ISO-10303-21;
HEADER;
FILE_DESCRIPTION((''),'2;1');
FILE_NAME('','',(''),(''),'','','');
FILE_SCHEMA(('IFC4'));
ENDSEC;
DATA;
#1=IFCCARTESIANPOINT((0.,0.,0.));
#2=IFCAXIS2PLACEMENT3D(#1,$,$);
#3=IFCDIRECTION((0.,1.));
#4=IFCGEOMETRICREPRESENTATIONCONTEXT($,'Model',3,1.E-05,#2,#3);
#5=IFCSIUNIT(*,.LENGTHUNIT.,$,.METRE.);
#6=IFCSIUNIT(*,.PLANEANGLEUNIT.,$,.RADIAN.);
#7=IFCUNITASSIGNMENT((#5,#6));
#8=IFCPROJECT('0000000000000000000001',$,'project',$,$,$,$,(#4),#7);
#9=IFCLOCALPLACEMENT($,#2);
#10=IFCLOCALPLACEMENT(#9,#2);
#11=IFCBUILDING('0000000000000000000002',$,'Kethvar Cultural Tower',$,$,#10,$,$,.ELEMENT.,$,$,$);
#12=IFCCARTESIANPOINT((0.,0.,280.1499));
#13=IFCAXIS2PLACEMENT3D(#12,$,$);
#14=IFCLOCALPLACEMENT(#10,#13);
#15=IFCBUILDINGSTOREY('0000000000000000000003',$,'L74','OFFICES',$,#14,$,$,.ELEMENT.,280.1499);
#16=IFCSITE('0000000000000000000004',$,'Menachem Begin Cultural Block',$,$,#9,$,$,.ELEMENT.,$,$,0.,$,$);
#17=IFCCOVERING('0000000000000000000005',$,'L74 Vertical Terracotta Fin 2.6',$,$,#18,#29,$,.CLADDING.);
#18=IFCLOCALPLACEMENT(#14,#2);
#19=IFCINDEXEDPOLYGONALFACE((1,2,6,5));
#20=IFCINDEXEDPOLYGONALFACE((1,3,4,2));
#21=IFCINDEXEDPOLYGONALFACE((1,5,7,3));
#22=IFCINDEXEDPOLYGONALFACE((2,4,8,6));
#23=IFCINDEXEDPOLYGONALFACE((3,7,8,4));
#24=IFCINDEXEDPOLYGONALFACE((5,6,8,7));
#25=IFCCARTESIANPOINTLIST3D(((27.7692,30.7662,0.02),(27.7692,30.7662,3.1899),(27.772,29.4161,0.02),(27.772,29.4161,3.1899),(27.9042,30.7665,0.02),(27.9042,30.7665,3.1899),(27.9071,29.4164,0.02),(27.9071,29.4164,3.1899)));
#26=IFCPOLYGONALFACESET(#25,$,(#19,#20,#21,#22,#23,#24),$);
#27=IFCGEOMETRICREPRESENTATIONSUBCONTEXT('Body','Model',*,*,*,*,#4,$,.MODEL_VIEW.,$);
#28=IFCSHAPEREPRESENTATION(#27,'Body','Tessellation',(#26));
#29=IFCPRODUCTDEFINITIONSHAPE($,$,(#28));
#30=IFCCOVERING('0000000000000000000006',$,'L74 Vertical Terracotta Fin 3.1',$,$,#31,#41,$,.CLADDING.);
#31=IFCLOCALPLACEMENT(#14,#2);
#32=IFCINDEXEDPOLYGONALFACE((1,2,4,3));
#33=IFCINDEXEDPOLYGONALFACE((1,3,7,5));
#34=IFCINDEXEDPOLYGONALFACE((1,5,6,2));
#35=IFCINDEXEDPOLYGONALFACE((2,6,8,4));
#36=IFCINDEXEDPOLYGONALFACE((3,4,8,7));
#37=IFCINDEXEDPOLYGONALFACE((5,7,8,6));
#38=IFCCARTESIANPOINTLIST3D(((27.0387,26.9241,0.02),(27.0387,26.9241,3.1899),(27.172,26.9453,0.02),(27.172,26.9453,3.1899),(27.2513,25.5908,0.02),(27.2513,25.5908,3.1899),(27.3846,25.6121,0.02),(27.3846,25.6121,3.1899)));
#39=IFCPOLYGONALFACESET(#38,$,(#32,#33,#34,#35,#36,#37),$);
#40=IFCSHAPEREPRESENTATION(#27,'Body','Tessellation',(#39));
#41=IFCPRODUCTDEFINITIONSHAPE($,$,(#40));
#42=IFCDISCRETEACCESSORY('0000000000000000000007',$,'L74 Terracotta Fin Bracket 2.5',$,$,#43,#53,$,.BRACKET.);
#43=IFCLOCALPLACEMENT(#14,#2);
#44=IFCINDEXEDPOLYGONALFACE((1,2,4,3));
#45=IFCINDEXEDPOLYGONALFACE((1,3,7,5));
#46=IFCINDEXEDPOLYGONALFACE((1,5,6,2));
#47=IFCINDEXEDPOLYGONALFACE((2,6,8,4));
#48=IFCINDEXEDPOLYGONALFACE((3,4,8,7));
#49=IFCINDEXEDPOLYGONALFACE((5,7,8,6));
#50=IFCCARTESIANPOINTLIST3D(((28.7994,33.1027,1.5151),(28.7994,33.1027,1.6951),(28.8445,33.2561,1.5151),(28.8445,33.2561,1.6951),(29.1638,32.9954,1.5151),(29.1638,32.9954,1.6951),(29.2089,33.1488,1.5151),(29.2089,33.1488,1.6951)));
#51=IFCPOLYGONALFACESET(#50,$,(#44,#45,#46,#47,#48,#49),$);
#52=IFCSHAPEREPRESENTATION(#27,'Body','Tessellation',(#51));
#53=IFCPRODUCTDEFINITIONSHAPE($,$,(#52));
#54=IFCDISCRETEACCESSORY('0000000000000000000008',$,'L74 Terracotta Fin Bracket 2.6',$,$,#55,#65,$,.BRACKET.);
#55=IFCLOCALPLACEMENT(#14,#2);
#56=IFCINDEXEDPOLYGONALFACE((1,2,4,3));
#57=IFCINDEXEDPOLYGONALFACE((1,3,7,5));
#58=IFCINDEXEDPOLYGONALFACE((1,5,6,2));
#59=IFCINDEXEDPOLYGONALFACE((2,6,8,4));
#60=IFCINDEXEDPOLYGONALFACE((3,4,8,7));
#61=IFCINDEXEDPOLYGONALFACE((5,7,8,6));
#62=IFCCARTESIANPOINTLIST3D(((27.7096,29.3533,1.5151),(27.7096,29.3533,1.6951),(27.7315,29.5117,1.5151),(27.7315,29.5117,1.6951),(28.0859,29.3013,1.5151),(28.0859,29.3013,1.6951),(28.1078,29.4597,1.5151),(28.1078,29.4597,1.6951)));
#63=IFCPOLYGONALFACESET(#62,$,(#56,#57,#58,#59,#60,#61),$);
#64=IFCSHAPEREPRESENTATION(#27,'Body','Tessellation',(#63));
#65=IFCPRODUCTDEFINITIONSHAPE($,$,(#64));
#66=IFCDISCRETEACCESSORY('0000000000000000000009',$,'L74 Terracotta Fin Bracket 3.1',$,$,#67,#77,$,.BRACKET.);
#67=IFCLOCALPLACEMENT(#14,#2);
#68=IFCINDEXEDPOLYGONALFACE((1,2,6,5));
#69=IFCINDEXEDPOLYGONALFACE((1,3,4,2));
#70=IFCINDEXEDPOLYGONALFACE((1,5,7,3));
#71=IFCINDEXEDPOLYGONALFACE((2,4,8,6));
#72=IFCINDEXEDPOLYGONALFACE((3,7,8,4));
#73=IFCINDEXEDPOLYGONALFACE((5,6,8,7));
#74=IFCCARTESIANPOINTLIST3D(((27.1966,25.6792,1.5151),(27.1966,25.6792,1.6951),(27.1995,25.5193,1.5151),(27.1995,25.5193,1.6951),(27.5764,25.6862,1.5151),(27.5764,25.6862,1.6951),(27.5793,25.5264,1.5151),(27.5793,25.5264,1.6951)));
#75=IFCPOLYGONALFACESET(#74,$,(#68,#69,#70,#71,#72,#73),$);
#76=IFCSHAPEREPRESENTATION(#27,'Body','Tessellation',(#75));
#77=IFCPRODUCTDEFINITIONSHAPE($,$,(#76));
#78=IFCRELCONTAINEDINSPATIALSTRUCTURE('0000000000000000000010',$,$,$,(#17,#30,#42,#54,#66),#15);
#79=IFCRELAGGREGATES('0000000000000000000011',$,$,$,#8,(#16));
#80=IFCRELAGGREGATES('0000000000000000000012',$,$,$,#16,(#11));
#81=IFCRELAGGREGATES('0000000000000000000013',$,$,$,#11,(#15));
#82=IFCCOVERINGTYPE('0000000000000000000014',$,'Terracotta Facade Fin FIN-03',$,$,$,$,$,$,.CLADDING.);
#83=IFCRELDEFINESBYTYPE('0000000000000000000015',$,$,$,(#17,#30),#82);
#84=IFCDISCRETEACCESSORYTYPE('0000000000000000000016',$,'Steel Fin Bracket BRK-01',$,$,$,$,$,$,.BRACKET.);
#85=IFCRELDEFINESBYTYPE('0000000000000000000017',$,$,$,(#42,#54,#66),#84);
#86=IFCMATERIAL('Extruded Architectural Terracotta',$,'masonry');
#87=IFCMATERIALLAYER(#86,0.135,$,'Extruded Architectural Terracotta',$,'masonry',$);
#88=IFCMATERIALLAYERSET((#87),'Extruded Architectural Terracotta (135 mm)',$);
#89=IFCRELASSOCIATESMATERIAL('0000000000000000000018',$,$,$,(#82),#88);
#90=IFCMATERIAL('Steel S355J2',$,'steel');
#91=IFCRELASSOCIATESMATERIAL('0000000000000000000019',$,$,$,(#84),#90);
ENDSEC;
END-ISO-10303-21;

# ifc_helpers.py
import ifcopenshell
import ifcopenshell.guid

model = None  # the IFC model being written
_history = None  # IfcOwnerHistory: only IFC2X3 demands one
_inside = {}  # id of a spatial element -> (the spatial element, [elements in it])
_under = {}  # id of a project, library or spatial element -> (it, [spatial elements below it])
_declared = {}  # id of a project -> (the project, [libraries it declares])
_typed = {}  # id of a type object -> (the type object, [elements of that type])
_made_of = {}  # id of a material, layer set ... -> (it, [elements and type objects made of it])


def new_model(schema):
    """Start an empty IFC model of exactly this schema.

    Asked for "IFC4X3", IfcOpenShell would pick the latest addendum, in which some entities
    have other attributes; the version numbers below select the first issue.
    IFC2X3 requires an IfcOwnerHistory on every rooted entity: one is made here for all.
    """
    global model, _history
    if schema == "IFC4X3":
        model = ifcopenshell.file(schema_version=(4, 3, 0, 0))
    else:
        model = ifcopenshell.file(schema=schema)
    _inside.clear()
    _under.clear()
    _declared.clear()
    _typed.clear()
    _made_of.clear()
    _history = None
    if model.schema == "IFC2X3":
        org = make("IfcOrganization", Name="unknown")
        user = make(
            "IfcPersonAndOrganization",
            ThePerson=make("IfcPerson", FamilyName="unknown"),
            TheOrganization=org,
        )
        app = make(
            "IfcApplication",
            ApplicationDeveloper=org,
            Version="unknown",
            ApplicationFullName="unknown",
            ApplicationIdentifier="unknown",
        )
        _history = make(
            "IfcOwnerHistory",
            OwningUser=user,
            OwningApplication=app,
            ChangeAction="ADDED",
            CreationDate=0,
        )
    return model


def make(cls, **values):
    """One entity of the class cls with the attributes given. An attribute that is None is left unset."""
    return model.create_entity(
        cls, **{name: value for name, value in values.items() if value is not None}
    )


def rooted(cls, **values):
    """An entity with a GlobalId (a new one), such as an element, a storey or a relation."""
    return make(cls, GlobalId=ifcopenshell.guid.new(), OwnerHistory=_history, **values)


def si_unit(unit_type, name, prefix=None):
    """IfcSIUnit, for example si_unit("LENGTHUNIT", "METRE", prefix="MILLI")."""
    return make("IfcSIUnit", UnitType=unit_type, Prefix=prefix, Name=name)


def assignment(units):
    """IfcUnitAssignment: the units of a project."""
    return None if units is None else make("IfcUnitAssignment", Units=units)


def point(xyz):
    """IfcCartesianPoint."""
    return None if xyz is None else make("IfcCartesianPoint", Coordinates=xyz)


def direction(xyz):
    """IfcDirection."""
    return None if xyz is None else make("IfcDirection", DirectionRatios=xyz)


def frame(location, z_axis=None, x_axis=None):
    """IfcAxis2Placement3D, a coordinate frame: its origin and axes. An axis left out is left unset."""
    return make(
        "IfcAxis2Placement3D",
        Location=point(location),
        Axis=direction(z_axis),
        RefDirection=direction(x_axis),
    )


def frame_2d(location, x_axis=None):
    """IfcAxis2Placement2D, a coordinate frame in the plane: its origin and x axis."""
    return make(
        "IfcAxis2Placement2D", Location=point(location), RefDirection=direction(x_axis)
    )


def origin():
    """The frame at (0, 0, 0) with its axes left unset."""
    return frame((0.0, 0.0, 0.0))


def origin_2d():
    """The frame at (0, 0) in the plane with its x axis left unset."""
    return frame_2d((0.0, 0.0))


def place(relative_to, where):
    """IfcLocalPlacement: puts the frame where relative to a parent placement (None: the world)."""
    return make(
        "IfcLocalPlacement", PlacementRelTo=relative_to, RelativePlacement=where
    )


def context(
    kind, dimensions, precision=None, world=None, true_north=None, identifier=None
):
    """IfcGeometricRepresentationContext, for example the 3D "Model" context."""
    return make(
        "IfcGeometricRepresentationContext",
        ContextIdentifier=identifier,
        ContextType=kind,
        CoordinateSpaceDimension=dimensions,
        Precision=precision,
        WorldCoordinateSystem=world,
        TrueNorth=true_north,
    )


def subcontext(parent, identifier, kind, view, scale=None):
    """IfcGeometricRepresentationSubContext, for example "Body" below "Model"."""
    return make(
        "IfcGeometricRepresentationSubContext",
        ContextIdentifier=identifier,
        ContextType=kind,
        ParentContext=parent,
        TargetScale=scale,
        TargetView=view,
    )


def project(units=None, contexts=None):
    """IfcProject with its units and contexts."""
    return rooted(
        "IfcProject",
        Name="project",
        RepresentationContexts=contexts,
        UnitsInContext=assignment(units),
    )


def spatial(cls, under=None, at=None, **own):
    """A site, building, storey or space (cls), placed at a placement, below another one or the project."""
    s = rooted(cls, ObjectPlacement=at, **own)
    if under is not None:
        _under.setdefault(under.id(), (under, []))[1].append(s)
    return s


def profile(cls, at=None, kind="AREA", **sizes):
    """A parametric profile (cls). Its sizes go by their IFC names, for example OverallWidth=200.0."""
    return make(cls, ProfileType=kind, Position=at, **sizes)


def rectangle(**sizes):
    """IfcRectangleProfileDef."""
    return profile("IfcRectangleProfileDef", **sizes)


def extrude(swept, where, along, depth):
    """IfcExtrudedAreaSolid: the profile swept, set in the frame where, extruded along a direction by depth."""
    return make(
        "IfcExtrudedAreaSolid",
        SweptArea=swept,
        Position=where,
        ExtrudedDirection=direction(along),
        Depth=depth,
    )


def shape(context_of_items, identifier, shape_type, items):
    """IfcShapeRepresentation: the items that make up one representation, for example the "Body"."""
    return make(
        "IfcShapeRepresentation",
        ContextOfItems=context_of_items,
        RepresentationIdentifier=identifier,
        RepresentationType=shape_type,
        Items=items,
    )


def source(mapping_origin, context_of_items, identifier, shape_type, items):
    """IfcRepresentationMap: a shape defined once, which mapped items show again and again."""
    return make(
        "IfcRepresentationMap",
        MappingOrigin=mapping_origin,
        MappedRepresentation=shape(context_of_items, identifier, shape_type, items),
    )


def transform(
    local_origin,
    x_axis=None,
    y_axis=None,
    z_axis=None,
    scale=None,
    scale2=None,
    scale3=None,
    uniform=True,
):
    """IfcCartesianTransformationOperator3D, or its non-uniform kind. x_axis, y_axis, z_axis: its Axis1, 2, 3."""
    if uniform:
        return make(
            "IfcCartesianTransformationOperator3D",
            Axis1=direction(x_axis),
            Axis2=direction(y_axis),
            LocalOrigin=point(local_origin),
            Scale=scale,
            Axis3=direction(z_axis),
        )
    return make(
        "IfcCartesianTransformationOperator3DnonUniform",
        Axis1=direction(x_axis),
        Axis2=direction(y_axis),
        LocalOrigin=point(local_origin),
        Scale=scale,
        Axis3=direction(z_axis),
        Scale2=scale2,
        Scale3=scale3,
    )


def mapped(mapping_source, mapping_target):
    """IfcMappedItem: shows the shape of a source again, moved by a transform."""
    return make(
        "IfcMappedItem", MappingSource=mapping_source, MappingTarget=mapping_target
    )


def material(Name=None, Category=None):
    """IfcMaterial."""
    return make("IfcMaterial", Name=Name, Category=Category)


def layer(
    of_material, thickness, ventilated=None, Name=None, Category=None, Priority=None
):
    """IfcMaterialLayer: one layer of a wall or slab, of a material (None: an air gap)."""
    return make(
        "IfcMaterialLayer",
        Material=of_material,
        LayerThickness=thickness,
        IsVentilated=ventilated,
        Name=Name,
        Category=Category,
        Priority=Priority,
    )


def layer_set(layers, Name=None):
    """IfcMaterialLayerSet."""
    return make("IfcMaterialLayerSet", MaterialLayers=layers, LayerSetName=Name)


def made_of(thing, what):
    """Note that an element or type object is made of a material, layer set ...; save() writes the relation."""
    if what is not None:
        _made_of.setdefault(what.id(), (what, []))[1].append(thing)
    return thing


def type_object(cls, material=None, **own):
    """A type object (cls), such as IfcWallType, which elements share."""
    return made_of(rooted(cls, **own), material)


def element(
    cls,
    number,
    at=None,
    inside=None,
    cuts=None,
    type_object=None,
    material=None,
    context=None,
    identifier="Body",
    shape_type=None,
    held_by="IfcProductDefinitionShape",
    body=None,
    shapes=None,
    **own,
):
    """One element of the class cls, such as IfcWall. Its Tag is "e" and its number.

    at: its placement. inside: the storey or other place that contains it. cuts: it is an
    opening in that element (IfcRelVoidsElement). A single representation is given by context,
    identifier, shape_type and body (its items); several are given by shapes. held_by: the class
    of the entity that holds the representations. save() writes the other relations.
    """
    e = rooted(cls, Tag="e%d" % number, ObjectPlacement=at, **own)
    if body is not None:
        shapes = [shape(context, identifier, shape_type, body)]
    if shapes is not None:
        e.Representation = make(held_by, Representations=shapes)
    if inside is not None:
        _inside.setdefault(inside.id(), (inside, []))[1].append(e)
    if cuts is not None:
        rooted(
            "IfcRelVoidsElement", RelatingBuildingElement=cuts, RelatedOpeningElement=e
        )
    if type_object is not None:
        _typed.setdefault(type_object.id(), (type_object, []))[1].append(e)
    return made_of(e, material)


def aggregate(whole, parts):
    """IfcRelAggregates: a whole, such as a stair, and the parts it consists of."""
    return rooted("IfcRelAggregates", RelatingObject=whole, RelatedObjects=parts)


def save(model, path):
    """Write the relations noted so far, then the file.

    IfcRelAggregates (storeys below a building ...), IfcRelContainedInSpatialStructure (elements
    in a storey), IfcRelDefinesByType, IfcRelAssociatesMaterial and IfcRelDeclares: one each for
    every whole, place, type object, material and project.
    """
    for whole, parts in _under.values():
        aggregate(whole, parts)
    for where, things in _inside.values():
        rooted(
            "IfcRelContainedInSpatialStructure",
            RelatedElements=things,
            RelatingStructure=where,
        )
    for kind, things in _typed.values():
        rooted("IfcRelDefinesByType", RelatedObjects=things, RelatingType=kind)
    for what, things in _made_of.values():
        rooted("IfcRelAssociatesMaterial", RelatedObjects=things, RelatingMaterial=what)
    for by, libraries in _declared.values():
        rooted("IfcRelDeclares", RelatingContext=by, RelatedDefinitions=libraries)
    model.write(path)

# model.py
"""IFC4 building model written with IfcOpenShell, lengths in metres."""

from ifc_helpers import new_model, si_unit, direction, frame, origin, origin_2d, place, context, subcontext, project, spatial, rectangle, extrude, source, transform, mapped, material, layer, layer_set, type_object, element, save


model = new_model("IFC4")

# Units and contexts
model_context = context("Model", 3, precision=1e-05, world=origin(), true_north=direction((0.0, 1.0)))
body_context = subcontext(model_context, "Body", "Model", "MODEL_VIEW")
ifc_project = project(units=[si_unit("LENGTHUNIT", "METRE"), si_unit("PLANEANGLEUNIT", "RADIAN")], contexts=[model_context])

# Site, building, storey
site_placement = place(None, origin())
site = spatial("IfcSite", under=ifc_project, at=site_placement, Name="Menachem Begin Cultural Block", CompositionType="ELEMENT", RefElevation=0.0)
building_placement = place(site_placement, origin())
building = spatial("IfcBuilding", under=site, at=building_placement, Name="Kethvar Cultural Tower", CompositionType="ELEMENT")
storey_placement = place(building_placement, frame((0.0, 0.0, 280.1499)))
storey = spatial("IfcBuildingStorey", under=building, at=storey_placement, Name="L74", Description="OFFICES", CompositionType="ELEMENT", Elevation=280.1499)

# Shared definitions
ifc_material_1 = material(Name="Steel S355J2", Category="steel")

# Coverings
ifc_material_2 = material(Name="Extruded Architectural Terracotta", Category="masonry")
ifc_layer_1 = layer(ifc_material_2, 0.135, Name="Extruded Architectural Terracotta", Category="masonry")
ifc_layer_set_1 = layer_set([ifc_layer_1], Name="Extruded Architectural Terracotta (135 mm)")
covering_type = type_object("IfcCoveringType", Name="Terracotta Facade Fin FIN-03", PredefinedType="CLADDING", material=ifc_layer_set_1)
shared_shape_1 = source(origin(), body_context, "Body", "SweptSolid", [
    extrude(rectangle(XDim=1.3501, YDim=0.135, at=origin_2d()), origin(), (0.0, 0.0, 1.0), 3.1699),
])
for number, where, z_axis, x_axis, name in (
    (1, (27.8381, 30.0913, 0.02), (0.0, 0.0, 1.0), (-0.002094, 0.999998, 0.0), "L74 Vertical Terracotta Fin 2.6"),
    (2, (27.2117, 26.2681, 0.02), (0.0, 0.0, 1.0), (-0.157469, 0.987524, 0.0), "L74 Vertical Terracotta Fin 3.1"),
):
    element("IfcCovering", number, at=place(storey_placement, frame(where, z_axis=z_axis, x_axis=x_axis)), inside=storey, type_object=covering_type, Name=name, PredefinedType="CLADDING", context=body_context, shape_type="MappedRepresentation", body=[
        mapped(shared_shape_1, transform((0.0, 0.0, 0.0), scale=1.0)),
    ])

# Discrete accessories
discrete_accessory_type = type_object("IfcDiscreteAccessoryType", Name="Steel Fin Bracket BRK-01", PredefinedType="BRACKET", material=ifc_material_1)
shared_shape_2 = source(origin(), body_context, "Body", "SweptSolid", [
    extrude(rectangle(XDim=0.3799, YDim=0.1599, at=origin_2d()), origin(), (0.0, 0.0, 1.0), 0.1799),
])
for number, where, z_axis, x_axis, name in (
    (3, (29.0042, 33.1257, 1.5151), (0.0, 0.0, 1.0), (-0.959265, 0.282509, 0.0), "L74 Terracotta Fin Bracket 2.5"),
    (4, (27.9087, 29.4065, 1.5151), (0.0, 0.0, 1.0), (-0.990557, 0.137099, 0.0), "L74 Terracotta Fin Bracket 2.6"),
    (5, (27.3879, 25.6028, 1.5151), (0.0, 0.0, 1.0), (-0.999829, -0.018499, 0.0), "L74 Terracotta Fin Bracket 3.1"),
):
    element("IfcDiscreteAccessory", number, at=place(storey_placement, frame(where, z_axis=z_axis, x_axis=x_axis)), inside=storey, type_object=discrete_accessory_type, Name=name, PredefinedType="BRACKET", context=body_context, shape_type="MappedRepresentation", body=[
        mapped(shared_shape_2, transform((0.0, 0.0, 0.0), scale=1.0)),
    ])

save(model, "model.ifc")
